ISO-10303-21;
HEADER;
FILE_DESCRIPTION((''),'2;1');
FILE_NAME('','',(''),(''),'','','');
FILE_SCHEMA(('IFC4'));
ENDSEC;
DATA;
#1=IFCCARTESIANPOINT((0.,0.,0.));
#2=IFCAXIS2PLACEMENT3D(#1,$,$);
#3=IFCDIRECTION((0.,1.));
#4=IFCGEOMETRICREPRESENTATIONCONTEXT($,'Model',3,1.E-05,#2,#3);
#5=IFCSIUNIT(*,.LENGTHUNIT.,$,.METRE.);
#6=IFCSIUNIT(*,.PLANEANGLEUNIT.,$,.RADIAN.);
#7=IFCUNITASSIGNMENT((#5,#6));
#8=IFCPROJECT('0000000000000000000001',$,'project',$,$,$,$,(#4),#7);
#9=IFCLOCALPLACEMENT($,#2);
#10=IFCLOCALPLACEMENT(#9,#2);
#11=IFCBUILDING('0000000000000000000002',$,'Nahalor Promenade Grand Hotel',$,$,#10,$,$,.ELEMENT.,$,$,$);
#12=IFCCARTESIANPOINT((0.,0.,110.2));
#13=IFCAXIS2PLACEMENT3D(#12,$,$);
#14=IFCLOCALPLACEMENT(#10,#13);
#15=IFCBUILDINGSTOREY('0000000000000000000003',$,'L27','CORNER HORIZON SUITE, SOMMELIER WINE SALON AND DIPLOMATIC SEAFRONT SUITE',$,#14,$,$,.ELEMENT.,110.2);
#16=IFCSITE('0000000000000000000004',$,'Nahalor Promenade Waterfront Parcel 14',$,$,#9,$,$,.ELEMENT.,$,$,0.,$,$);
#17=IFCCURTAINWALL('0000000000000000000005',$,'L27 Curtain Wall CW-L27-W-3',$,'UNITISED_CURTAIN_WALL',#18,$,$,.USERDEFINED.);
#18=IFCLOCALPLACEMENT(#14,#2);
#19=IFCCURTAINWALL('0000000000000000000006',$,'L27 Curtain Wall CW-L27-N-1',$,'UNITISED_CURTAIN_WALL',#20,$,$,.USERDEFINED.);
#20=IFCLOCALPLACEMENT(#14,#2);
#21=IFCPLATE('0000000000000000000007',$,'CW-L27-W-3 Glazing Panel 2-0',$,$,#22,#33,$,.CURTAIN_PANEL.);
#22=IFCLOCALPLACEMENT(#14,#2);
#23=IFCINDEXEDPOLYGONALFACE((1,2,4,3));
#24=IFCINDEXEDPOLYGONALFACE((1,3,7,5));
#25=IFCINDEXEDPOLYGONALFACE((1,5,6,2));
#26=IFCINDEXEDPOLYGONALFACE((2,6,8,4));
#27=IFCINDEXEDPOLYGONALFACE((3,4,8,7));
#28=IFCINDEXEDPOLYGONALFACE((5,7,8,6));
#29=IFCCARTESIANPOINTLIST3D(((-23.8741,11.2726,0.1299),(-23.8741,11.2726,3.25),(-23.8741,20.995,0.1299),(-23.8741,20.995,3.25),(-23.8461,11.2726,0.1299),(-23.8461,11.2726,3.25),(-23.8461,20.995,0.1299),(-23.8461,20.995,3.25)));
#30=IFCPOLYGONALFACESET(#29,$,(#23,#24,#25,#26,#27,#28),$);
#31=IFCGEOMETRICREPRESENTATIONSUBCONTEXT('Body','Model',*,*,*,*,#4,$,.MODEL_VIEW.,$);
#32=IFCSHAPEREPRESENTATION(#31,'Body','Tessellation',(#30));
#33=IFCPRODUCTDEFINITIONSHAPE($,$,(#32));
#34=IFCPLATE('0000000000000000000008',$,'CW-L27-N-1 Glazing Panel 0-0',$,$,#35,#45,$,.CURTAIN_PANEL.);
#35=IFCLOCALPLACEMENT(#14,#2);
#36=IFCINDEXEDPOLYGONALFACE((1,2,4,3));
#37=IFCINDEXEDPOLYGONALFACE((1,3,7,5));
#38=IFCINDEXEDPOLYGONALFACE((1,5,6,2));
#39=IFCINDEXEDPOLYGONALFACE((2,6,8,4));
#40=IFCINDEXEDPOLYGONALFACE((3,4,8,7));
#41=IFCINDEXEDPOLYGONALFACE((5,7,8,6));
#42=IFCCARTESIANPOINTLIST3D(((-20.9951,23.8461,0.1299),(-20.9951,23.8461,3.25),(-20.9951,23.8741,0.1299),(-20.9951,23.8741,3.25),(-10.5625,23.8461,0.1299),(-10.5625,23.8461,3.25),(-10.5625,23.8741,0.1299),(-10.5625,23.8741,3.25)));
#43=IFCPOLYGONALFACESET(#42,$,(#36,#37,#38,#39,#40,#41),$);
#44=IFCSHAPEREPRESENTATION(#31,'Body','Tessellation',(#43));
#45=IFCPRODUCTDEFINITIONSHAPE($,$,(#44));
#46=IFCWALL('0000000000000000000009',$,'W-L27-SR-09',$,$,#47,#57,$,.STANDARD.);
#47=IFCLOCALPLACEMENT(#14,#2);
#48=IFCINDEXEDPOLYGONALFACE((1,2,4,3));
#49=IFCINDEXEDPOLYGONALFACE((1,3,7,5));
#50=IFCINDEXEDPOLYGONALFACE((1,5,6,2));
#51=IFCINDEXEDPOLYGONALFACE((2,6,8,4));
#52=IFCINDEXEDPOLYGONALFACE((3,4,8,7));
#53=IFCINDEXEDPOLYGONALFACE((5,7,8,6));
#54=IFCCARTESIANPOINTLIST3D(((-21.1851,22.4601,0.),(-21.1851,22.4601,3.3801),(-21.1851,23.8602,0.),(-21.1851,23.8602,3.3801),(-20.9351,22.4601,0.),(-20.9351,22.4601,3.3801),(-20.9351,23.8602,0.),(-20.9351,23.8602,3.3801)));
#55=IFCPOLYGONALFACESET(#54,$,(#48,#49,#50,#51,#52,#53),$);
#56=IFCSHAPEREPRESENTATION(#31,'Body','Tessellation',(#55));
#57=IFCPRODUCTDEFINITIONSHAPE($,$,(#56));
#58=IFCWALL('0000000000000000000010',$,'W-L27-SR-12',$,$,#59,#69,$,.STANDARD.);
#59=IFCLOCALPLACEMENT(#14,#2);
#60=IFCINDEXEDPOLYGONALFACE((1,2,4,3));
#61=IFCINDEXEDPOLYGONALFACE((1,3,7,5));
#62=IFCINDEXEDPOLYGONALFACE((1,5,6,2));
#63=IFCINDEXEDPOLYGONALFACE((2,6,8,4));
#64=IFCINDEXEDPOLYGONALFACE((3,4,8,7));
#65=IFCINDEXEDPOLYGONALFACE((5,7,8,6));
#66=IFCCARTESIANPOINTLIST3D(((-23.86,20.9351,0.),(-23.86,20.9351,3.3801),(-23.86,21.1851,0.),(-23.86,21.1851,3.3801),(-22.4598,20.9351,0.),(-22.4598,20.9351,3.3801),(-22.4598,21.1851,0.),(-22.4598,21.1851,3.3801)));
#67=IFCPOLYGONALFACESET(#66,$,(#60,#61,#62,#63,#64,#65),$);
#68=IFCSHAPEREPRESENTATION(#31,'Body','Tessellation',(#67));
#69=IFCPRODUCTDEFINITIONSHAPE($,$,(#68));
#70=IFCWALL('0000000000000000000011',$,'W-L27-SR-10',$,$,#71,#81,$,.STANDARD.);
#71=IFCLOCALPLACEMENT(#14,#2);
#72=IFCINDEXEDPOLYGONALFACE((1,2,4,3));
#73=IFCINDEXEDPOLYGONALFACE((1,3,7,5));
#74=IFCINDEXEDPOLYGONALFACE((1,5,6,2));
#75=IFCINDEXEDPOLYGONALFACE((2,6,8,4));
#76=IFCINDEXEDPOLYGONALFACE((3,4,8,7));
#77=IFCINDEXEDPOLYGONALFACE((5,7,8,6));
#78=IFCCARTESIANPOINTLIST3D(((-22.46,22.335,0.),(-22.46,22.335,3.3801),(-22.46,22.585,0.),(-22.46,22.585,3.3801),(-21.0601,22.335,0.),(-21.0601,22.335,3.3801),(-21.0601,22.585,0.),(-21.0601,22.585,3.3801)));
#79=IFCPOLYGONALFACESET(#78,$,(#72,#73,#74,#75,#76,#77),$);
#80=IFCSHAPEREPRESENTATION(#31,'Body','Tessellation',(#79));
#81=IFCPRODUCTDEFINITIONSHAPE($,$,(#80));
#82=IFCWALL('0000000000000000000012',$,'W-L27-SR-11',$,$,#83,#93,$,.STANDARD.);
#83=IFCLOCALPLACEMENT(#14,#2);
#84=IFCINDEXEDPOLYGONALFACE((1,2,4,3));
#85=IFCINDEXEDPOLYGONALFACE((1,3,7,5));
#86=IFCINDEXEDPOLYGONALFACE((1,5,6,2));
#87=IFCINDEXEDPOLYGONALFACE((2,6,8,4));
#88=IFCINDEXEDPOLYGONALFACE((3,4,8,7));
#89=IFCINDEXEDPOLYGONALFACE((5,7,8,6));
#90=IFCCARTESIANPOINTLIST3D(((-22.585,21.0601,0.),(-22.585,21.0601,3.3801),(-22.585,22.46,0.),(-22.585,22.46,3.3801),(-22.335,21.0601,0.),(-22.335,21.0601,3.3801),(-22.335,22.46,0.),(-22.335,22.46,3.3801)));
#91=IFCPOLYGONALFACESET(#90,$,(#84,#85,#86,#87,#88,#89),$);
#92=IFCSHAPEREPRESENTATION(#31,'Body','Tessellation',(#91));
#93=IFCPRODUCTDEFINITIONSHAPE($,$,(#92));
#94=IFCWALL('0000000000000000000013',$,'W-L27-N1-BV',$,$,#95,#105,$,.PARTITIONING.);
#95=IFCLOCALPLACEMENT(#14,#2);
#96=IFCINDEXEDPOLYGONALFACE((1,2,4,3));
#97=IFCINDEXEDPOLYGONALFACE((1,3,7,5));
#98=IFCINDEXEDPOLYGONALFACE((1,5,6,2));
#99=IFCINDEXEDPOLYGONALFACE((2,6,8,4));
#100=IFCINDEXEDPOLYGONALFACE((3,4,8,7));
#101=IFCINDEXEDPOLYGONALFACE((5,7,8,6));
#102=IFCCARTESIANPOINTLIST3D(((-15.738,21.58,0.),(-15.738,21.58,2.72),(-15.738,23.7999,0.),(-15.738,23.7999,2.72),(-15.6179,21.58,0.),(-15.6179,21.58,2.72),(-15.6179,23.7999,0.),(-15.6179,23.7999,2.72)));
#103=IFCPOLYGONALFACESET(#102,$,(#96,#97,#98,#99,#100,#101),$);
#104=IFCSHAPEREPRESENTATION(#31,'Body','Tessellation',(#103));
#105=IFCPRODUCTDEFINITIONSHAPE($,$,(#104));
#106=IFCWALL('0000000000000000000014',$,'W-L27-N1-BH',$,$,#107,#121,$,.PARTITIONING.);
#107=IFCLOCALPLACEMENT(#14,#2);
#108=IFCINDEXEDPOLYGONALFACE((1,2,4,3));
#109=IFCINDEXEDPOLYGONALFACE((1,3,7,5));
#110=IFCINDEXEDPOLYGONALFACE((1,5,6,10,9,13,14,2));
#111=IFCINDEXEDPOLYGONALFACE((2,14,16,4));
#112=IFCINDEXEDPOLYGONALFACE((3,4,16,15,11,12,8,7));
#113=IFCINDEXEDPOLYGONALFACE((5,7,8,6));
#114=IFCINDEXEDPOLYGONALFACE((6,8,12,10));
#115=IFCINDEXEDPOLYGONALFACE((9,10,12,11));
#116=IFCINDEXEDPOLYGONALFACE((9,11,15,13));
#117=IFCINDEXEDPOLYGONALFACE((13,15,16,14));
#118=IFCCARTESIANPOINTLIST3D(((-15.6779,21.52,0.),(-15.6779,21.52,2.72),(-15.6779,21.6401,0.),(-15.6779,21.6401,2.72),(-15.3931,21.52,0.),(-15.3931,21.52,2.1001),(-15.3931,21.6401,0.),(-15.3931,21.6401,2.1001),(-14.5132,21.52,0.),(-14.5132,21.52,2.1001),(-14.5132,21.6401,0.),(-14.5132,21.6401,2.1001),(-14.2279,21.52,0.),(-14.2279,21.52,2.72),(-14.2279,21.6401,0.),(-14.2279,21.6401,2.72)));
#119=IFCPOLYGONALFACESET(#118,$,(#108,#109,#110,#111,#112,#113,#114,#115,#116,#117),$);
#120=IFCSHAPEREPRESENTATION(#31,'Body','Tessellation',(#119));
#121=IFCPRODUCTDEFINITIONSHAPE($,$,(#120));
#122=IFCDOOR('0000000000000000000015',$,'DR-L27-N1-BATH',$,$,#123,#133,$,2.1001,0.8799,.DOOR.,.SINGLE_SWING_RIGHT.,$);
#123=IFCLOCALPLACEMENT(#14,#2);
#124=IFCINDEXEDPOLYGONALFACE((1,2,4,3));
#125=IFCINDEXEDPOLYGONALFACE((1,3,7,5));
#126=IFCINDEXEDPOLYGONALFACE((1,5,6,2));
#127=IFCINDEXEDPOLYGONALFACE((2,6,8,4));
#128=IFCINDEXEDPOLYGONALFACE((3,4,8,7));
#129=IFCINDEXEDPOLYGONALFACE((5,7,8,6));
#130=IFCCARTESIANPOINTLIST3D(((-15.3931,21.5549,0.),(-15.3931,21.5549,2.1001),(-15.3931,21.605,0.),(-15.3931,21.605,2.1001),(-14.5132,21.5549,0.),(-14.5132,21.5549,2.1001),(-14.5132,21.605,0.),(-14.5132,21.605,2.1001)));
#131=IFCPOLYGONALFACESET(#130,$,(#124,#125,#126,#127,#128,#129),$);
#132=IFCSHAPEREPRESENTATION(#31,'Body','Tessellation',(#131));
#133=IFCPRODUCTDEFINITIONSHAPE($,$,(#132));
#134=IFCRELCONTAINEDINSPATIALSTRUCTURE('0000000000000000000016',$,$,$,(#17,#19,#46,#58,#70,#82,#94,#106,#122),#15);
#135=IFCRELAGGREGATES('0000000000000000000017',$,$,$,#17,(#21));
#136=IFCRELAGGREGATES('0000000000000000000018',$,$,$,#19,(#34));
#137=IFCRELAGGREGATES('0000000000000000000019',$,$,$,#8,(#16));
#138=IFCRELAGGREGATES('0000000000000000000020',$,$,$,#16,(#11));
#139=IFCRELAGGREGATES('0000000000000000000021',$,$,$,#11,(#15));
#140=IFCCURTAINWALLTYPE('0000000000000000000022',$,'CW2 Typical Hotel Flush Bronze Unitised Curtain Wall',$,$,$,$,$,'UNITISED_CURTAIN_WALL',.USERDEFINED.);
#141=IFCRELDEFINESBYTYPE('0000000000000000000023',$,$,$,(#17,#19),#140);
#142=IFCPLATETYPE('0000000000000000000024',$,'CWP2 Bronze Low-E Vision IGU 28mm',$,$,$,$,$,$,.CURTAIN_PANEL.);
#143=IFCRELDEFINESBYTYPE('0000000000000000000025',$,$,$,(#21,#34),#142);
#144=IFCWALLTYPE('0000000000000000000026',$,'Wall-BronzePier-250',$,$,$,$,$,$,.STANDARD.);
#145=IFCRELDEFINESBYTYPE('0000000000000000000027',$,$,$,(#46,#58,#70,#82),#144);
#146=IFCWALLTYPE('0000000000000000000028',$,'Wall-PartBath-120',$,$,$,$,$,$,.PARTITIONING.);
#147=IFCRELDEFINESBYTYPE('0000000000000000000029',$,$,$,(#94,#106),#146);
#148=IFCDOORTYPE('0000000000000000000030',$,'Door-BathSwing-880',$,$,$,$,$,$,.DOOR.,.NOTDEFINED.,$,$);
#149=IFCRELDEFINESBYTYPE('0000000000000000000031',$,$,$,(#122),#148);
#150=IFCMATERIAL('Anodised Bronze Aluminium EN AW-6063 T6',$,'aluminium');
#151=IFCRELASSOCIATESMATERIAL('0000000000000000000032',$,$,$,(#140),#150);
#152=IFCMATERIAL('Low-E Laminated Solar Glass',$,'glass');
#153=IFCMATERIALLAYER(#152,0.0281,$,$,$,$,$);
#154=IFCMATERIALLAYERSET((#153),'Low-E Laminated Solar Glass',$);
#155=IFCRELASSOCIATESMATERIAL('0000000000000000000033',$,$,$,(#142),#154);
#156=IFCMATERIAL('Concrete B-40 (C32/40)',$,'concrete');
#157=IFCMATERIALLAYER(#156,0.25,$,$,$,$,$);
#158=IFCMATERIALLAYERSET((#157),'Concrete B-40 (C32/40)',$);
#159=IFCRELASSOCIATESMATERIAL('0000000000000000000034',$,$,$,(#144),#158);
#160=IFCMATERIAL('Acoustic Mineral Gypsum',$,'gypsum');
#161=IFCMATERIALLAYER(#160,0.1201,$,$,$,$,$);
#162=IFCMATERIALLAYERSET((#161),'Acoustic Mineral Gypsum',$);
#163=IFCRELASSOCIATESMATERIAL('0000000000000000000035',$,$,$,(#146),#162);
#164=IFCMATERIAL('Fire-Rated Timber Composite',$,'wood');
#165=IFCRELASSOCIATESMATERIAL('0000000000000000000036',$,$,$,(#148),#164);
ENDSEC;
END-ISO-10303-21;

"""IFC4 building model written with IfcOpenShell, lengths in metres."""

from ifc_helpers import new_model, si_unit, direction, frame, frame_2d, origin, origin_2d, place, context, subcontext, project, spatial, rectangle, extrude, source, transform, mapped, material, layer, layer_set, type_object, element, fill, aggregate, save


model = new_model("IFC4")

# Units and contexts
model_context = context("Model", 3, precision=1e-05, world=origin(), true_north=direction((0.0, 1.0)))
body_context = subcontext(model_context, "Body", "Model", "MODEL_VIEW")
ifc_project = project(units=[si_unit("LENGTHUNIT", "METRE"), si_unit("PLANEANGLEUNIT", "RADIAN")], contexts=[model_context])

# Site, building, storey
site_placement = place(None, origin())
site = spatial("IfcSite", under=ifc_project, at=site_placement, Name="Nahalor Promenade Waterfront Parcel 14", CompositionType="ELEMENT", RefElevation=0.0)
building_placement = place(site_placement, origin())
building = spatial("IfcBuilding", under=site, at=building_placement, Name="Nahalor Promenade Grand Hotel", CompositionType="ELEMENT")
storey_placement = place(building_placement, frame((0.0, 0.0, 110.2)))
storey = spatial("IfcBuildingStorey", under=building, at=storey_placement, Name="L27", Description="CORNER HORIZON SUITE, SOMMELIER WINE SALON AND DIPLOMATIC SEAFRONT SUITE", CompositionType="ELEMENT", Elevation=110.2)

# Curtain walls
ifc_material_1 = material(Name="Anodised Bronze Aluminium EN AW-6063 T6", Category="aluminium")
curtain_wall_type = type_object("IfcCurtainWallType", Name="CW2 Typical Hotel Flush Bronze Unitised Curtain Wall", ElementType="UNITISED_CURTAIN_WALL", PredefinedType="USERDEFINED", material=ifc_material_1)
curtain_wall_1_placement = place(storey_placement, origin())
curtain_wall_1 = element("IfcCurtainWall", 1, at=curtain_wall_1_placement, inside=storey, type_object=curtain_wall_type, Name="L27 Curtain Wall CW-L27-W-3", ObjectType="UNITISED_CURTAIN_WALL", PredefinedType="USERDEFINED")
curtain_wall_2_placement = place(storey_placement, origin())
curtain_wall_2 = element("IfcCurtainWall", 2, at=curtain_wall_2_placement, inside=storey, type_object=curtain_wall_type, Name="L27 Curtain Wall CW-L27-N-1", ObjectType="UNITISED_CURTAIN_WALL", PredefinedType="USERDEFINED")

# Plates
ifc_material_2 = material(Name="Low-E Laminated Solar Glass", Category="glass")
ifc_layer_1 = layer(ifc_material_2, 0.0281)
ifc_layer_set_1 = layer_set([ifc_layer_1], Name="Low-E Laminated Solar Glass")
plate_type = type_object("IfcPlateType", Name="CWP2 Bronze Low-E Vision IGU 28mm", PredefinedType="CURTAIN_PANEL", material=ifc_layer_set_1)
shared_shape_1 = source(origin(), body_context, "Body", "SweptSolid", [
    extrude(rectangle(XDim=9.7224, YDim=0.0281, at=origin_2d()), origin(), (0.0, 0.0, 1.0), 3.1201),
])
plate_1_placement = place(storey_placement, frame((-23.8601, 16.1338, 0.1299), z_axis=(0.0, 0.0, 1.0), x_axis=(0.0, 1.0, 0.0)))
plate_1 = element("IfcPlate", 3, at=plate_1_placement, type_object=plate_type, Name="CW-L27-W-3 Glazing Panel 2-0", PredefinedType="CURTAIN_PANEL", context=body_context, shape_type="MappedRepresentation", body=[
    mapped(shared_shape_1, transform((0.0, 0.0, 0.0), scale=1.0)),
])
aggregate(curtain_wall_1, [plate_1])
shared_shape_2 = source(origin(), body_context, "Body", "SweptSolid", [
    extrude(rectangle(XDim=10.4326, YDim=0.0281, at=origin_2d()), origin(), (0.0, 0.0, 1.0), 3.1201),
])
plate_2_placement = place(storey_placement, frame((-15.7788, 23.8601, 0.1299), z_axis=(0.0, 0.0, 1.0), x_axis=(1.0, 0.0, 0.0)))
plate_2 = element("IfcPlate", 4, at=plate_2_placement, type_object=plate_type, Name="CW-L27-N-1 Glazing Panel 0-0", PredefinedType="CURTAIN_PANEL", context=body_context, shape_type="MappedRepresentation", body=[
    mapped(shared_shape_2, transform((0.0, 0.0, 0.0), scale=1.0)),
])
aggregate(curtain_wall_2, [plate_2])

# Walls
ifc_material_3 = material(Name="Concrete B-40 (C32/40)", Category="concrete")
ifc_layer_2 = layer(ifc_material_3, 0.25)
ifc_layer_set_2 = layer_set([ifc_layer_2], Name="Concrete B-40 (C32/40)")
wall_type_1 = type_object("IfcWallType", Name="Wall-BronzePier-250", PredefinedType="STANDARD", material=ifc_layer_set_2)
shared_shape_3 = source(origin(), body_context, "Body", "SweptSolid", [
    extrude(rectangle(XDim=1.4001, YDim=0.25, at=frame_2d((0.7002, 0.0))), origin(), (0.0, 0.0, 1.0), 3.3801),
])
for number, where, z_axis, x_axis, name in (
    (5, (-21.0601, 22.46, 0.0), (0.0, 0.0, 1.0), (0.0, 1.0, 0.0), "W-L27-SR-09"),
    (6, (-23.8601, 21.0601, 0.0), (0.0, 0.0, 1.0), (1.0, 0.0, 0.0), "W-L27-SR-12"),
):
    element("IfcWall", number, at=place(storey_placement, frame(where, z_axis=z_axis, x_axis=x_axis)), inside=storey, type_object=wall_type_1, Name=name, PredefinedType="STANDARD", context=body_context, shape_type="MappedRepresentation", body=[
        mapped(shared_shape_3, transform((0.0, 0.0, 0.0), scale=1.0)),
    ])
shared_shape_4 = source(origin(), body_context, "Body", "SweptSolid", [
    extrude(rectangle(XDim=1.3999, YDim=0.25, at=frame_2d((0.7, 0.0))), origin(), (0.0, 0.0, 1.0), 3.3801),
])
for number, where, z_axis, x_axis, name in (
    (7, (-22.46, 22.46, 0.0), (0.0, 0.0, 1.0), (1.0, 0.0, 0.0), "W-L27-SR-10"),
    (8, (-22.46, 21.0601, 0.0), (0.0, 0.0, 1.0), (0.0, 1.0, 0.0), "W-L27-SR-11"),
):
    element("IfcWall", number, at=place(storey_placement, frame(where, z_axis=z_axis, x_axis=x_axis)), inside=storey, type_object=wall_type_1, Name=name, PredefinedType="STANDARD", context=body_context, shape_type="MappedRepresentation", body=[
        mapped(shared_shape_4, transform((0.0, 0.0, 0.0), scale=1.0)),
    ])
ifc_material_4 = material(Name="Acoustic Mineral Gypsum", Category="gypsum")
ifc_layer_3 = layer(ifc_material_4, 0.1201)
ifc_layer_set_3 = layer_set([ifc_layer_3], Name="Acoustic Mineral Gypsum")
wall_type_2 = type_object("IfcWallType", Name="Wall-PartBath-120", PredefinedType="PARTITIONING", material=ifc_layer_set_3)
shared_shape_5 = source(origin(), body_context, "Body", "SweptSolid", [
    extrude(rectangle(XDim=2.22, YDim=0.1201, at=frame_2d((1.1099, 0.0))), origin(), (0.0, 0.0, 1.0), 2.72),
])
wall_1_placement = place(storey_placement, frame((-15.678, 21.5801, 0.0), z_axis=(0.0, 0.0, 1.0), x_axis=(0.0, 1.0, 0.0)))
element("IfcWall", 9, at=wall_1_placement, inside=storey, type_object=wall_type_2, Name="W-L27-N1-BV", PredefinedType="PARTITIONING", context=body_context, shape_type="MappedRepresentation", body=[
    mapped(shared_shape_5, transform((0.0, 0.0, 0.0), scale=1.0)),
])

# Wall, opening, door
shared_shape_6 = source(origin(), body_context, "Body", "SweptSolid", [
    extrude(rectangle(XDim=1.45, YDim=0.1201, at=frame_2d((0.7251, 0.0))), origin(), (0.0, 0.0, 1.0), 2.72),
])
wall_2_placement = place(storey_placement, frame((-15.678, 21.5801, 0.0), z_axis=(0.0, 0.0, 1.0), x_axis=(1.0, 0.0, 0.0)))
wall_2 = element("IfcWall", 10, at=wall_2_placement, inside=storey, type_object=wall_type_2, Name="W-L27-N1-BH", PredefinedType="PARTITIONING", context=body_context, shape_type="MappedRepresentation", body=[
    mapped(shared_shape_6, transform((0.0, 0.0, 0.0), scale=1.0)),
])
opening_placement = place(wall_2_placement, frame((0.2849, 0.0, 0.0)))
opening = element("IfcOpeningElement", 11, at=opening_placement, cuts=wall_2, PredefinedType="OPENING", context=body_context, shape_type="SweptSolid", body=[
    extrude(rectangle(XDim=0.8799, YDim=2.1001, at=frame_2d((0.4399, 1.05))), frame((0.0, 0.0701, 0.0), z_axis=(0.0, -1.0, 0.0), x_axis=(1.0, 0.0, 0.0)), (0.0, 0.0, 1.0), 0.1401),
])
ifc_material_5 = material(Name="Fire-Rated Timber Composite", Category="wood")
door_type = type_object("IfcDoorType", Name="Door-BathSwing-880", OperationType="NOTDEFINED", PredefinedType="DOOR", material=ifc_material_5)
shared_shape_7 = source(origin(), body_context, "Body", "SweptSolid", [
    extrude(rectangle(XDim=0.8799, YDim=2.1001, at=frame_2d((0.4399, 1.05))), frame((0.0, 0.0249, 0.0), z_axis=(0.0, -1.0, 0.0), x_axis=(1.0, 0.0, 0.0)), (0.0, 0.0, 1.0), 0.05),
])
door_placement = place(opening_placement, origin())
door = element("IfcDoor", 12, at=door_placement, inside=storey, type_object=door_type, Name="DR-L27-N1-BATH", OperationType="SINGLE_SWING_RIGHT", OverallHeight=2.1001, OverallWidth=0.8799, PredefinedType="DOOR", context=body_context, shape_type="MappedRepresentation", body=[
    mapped(shared_shape_7, transform((0.0, 0.0, 0.0), scale=1.0)),
])
fill(opening, door)

save(model, "model.ifc")
